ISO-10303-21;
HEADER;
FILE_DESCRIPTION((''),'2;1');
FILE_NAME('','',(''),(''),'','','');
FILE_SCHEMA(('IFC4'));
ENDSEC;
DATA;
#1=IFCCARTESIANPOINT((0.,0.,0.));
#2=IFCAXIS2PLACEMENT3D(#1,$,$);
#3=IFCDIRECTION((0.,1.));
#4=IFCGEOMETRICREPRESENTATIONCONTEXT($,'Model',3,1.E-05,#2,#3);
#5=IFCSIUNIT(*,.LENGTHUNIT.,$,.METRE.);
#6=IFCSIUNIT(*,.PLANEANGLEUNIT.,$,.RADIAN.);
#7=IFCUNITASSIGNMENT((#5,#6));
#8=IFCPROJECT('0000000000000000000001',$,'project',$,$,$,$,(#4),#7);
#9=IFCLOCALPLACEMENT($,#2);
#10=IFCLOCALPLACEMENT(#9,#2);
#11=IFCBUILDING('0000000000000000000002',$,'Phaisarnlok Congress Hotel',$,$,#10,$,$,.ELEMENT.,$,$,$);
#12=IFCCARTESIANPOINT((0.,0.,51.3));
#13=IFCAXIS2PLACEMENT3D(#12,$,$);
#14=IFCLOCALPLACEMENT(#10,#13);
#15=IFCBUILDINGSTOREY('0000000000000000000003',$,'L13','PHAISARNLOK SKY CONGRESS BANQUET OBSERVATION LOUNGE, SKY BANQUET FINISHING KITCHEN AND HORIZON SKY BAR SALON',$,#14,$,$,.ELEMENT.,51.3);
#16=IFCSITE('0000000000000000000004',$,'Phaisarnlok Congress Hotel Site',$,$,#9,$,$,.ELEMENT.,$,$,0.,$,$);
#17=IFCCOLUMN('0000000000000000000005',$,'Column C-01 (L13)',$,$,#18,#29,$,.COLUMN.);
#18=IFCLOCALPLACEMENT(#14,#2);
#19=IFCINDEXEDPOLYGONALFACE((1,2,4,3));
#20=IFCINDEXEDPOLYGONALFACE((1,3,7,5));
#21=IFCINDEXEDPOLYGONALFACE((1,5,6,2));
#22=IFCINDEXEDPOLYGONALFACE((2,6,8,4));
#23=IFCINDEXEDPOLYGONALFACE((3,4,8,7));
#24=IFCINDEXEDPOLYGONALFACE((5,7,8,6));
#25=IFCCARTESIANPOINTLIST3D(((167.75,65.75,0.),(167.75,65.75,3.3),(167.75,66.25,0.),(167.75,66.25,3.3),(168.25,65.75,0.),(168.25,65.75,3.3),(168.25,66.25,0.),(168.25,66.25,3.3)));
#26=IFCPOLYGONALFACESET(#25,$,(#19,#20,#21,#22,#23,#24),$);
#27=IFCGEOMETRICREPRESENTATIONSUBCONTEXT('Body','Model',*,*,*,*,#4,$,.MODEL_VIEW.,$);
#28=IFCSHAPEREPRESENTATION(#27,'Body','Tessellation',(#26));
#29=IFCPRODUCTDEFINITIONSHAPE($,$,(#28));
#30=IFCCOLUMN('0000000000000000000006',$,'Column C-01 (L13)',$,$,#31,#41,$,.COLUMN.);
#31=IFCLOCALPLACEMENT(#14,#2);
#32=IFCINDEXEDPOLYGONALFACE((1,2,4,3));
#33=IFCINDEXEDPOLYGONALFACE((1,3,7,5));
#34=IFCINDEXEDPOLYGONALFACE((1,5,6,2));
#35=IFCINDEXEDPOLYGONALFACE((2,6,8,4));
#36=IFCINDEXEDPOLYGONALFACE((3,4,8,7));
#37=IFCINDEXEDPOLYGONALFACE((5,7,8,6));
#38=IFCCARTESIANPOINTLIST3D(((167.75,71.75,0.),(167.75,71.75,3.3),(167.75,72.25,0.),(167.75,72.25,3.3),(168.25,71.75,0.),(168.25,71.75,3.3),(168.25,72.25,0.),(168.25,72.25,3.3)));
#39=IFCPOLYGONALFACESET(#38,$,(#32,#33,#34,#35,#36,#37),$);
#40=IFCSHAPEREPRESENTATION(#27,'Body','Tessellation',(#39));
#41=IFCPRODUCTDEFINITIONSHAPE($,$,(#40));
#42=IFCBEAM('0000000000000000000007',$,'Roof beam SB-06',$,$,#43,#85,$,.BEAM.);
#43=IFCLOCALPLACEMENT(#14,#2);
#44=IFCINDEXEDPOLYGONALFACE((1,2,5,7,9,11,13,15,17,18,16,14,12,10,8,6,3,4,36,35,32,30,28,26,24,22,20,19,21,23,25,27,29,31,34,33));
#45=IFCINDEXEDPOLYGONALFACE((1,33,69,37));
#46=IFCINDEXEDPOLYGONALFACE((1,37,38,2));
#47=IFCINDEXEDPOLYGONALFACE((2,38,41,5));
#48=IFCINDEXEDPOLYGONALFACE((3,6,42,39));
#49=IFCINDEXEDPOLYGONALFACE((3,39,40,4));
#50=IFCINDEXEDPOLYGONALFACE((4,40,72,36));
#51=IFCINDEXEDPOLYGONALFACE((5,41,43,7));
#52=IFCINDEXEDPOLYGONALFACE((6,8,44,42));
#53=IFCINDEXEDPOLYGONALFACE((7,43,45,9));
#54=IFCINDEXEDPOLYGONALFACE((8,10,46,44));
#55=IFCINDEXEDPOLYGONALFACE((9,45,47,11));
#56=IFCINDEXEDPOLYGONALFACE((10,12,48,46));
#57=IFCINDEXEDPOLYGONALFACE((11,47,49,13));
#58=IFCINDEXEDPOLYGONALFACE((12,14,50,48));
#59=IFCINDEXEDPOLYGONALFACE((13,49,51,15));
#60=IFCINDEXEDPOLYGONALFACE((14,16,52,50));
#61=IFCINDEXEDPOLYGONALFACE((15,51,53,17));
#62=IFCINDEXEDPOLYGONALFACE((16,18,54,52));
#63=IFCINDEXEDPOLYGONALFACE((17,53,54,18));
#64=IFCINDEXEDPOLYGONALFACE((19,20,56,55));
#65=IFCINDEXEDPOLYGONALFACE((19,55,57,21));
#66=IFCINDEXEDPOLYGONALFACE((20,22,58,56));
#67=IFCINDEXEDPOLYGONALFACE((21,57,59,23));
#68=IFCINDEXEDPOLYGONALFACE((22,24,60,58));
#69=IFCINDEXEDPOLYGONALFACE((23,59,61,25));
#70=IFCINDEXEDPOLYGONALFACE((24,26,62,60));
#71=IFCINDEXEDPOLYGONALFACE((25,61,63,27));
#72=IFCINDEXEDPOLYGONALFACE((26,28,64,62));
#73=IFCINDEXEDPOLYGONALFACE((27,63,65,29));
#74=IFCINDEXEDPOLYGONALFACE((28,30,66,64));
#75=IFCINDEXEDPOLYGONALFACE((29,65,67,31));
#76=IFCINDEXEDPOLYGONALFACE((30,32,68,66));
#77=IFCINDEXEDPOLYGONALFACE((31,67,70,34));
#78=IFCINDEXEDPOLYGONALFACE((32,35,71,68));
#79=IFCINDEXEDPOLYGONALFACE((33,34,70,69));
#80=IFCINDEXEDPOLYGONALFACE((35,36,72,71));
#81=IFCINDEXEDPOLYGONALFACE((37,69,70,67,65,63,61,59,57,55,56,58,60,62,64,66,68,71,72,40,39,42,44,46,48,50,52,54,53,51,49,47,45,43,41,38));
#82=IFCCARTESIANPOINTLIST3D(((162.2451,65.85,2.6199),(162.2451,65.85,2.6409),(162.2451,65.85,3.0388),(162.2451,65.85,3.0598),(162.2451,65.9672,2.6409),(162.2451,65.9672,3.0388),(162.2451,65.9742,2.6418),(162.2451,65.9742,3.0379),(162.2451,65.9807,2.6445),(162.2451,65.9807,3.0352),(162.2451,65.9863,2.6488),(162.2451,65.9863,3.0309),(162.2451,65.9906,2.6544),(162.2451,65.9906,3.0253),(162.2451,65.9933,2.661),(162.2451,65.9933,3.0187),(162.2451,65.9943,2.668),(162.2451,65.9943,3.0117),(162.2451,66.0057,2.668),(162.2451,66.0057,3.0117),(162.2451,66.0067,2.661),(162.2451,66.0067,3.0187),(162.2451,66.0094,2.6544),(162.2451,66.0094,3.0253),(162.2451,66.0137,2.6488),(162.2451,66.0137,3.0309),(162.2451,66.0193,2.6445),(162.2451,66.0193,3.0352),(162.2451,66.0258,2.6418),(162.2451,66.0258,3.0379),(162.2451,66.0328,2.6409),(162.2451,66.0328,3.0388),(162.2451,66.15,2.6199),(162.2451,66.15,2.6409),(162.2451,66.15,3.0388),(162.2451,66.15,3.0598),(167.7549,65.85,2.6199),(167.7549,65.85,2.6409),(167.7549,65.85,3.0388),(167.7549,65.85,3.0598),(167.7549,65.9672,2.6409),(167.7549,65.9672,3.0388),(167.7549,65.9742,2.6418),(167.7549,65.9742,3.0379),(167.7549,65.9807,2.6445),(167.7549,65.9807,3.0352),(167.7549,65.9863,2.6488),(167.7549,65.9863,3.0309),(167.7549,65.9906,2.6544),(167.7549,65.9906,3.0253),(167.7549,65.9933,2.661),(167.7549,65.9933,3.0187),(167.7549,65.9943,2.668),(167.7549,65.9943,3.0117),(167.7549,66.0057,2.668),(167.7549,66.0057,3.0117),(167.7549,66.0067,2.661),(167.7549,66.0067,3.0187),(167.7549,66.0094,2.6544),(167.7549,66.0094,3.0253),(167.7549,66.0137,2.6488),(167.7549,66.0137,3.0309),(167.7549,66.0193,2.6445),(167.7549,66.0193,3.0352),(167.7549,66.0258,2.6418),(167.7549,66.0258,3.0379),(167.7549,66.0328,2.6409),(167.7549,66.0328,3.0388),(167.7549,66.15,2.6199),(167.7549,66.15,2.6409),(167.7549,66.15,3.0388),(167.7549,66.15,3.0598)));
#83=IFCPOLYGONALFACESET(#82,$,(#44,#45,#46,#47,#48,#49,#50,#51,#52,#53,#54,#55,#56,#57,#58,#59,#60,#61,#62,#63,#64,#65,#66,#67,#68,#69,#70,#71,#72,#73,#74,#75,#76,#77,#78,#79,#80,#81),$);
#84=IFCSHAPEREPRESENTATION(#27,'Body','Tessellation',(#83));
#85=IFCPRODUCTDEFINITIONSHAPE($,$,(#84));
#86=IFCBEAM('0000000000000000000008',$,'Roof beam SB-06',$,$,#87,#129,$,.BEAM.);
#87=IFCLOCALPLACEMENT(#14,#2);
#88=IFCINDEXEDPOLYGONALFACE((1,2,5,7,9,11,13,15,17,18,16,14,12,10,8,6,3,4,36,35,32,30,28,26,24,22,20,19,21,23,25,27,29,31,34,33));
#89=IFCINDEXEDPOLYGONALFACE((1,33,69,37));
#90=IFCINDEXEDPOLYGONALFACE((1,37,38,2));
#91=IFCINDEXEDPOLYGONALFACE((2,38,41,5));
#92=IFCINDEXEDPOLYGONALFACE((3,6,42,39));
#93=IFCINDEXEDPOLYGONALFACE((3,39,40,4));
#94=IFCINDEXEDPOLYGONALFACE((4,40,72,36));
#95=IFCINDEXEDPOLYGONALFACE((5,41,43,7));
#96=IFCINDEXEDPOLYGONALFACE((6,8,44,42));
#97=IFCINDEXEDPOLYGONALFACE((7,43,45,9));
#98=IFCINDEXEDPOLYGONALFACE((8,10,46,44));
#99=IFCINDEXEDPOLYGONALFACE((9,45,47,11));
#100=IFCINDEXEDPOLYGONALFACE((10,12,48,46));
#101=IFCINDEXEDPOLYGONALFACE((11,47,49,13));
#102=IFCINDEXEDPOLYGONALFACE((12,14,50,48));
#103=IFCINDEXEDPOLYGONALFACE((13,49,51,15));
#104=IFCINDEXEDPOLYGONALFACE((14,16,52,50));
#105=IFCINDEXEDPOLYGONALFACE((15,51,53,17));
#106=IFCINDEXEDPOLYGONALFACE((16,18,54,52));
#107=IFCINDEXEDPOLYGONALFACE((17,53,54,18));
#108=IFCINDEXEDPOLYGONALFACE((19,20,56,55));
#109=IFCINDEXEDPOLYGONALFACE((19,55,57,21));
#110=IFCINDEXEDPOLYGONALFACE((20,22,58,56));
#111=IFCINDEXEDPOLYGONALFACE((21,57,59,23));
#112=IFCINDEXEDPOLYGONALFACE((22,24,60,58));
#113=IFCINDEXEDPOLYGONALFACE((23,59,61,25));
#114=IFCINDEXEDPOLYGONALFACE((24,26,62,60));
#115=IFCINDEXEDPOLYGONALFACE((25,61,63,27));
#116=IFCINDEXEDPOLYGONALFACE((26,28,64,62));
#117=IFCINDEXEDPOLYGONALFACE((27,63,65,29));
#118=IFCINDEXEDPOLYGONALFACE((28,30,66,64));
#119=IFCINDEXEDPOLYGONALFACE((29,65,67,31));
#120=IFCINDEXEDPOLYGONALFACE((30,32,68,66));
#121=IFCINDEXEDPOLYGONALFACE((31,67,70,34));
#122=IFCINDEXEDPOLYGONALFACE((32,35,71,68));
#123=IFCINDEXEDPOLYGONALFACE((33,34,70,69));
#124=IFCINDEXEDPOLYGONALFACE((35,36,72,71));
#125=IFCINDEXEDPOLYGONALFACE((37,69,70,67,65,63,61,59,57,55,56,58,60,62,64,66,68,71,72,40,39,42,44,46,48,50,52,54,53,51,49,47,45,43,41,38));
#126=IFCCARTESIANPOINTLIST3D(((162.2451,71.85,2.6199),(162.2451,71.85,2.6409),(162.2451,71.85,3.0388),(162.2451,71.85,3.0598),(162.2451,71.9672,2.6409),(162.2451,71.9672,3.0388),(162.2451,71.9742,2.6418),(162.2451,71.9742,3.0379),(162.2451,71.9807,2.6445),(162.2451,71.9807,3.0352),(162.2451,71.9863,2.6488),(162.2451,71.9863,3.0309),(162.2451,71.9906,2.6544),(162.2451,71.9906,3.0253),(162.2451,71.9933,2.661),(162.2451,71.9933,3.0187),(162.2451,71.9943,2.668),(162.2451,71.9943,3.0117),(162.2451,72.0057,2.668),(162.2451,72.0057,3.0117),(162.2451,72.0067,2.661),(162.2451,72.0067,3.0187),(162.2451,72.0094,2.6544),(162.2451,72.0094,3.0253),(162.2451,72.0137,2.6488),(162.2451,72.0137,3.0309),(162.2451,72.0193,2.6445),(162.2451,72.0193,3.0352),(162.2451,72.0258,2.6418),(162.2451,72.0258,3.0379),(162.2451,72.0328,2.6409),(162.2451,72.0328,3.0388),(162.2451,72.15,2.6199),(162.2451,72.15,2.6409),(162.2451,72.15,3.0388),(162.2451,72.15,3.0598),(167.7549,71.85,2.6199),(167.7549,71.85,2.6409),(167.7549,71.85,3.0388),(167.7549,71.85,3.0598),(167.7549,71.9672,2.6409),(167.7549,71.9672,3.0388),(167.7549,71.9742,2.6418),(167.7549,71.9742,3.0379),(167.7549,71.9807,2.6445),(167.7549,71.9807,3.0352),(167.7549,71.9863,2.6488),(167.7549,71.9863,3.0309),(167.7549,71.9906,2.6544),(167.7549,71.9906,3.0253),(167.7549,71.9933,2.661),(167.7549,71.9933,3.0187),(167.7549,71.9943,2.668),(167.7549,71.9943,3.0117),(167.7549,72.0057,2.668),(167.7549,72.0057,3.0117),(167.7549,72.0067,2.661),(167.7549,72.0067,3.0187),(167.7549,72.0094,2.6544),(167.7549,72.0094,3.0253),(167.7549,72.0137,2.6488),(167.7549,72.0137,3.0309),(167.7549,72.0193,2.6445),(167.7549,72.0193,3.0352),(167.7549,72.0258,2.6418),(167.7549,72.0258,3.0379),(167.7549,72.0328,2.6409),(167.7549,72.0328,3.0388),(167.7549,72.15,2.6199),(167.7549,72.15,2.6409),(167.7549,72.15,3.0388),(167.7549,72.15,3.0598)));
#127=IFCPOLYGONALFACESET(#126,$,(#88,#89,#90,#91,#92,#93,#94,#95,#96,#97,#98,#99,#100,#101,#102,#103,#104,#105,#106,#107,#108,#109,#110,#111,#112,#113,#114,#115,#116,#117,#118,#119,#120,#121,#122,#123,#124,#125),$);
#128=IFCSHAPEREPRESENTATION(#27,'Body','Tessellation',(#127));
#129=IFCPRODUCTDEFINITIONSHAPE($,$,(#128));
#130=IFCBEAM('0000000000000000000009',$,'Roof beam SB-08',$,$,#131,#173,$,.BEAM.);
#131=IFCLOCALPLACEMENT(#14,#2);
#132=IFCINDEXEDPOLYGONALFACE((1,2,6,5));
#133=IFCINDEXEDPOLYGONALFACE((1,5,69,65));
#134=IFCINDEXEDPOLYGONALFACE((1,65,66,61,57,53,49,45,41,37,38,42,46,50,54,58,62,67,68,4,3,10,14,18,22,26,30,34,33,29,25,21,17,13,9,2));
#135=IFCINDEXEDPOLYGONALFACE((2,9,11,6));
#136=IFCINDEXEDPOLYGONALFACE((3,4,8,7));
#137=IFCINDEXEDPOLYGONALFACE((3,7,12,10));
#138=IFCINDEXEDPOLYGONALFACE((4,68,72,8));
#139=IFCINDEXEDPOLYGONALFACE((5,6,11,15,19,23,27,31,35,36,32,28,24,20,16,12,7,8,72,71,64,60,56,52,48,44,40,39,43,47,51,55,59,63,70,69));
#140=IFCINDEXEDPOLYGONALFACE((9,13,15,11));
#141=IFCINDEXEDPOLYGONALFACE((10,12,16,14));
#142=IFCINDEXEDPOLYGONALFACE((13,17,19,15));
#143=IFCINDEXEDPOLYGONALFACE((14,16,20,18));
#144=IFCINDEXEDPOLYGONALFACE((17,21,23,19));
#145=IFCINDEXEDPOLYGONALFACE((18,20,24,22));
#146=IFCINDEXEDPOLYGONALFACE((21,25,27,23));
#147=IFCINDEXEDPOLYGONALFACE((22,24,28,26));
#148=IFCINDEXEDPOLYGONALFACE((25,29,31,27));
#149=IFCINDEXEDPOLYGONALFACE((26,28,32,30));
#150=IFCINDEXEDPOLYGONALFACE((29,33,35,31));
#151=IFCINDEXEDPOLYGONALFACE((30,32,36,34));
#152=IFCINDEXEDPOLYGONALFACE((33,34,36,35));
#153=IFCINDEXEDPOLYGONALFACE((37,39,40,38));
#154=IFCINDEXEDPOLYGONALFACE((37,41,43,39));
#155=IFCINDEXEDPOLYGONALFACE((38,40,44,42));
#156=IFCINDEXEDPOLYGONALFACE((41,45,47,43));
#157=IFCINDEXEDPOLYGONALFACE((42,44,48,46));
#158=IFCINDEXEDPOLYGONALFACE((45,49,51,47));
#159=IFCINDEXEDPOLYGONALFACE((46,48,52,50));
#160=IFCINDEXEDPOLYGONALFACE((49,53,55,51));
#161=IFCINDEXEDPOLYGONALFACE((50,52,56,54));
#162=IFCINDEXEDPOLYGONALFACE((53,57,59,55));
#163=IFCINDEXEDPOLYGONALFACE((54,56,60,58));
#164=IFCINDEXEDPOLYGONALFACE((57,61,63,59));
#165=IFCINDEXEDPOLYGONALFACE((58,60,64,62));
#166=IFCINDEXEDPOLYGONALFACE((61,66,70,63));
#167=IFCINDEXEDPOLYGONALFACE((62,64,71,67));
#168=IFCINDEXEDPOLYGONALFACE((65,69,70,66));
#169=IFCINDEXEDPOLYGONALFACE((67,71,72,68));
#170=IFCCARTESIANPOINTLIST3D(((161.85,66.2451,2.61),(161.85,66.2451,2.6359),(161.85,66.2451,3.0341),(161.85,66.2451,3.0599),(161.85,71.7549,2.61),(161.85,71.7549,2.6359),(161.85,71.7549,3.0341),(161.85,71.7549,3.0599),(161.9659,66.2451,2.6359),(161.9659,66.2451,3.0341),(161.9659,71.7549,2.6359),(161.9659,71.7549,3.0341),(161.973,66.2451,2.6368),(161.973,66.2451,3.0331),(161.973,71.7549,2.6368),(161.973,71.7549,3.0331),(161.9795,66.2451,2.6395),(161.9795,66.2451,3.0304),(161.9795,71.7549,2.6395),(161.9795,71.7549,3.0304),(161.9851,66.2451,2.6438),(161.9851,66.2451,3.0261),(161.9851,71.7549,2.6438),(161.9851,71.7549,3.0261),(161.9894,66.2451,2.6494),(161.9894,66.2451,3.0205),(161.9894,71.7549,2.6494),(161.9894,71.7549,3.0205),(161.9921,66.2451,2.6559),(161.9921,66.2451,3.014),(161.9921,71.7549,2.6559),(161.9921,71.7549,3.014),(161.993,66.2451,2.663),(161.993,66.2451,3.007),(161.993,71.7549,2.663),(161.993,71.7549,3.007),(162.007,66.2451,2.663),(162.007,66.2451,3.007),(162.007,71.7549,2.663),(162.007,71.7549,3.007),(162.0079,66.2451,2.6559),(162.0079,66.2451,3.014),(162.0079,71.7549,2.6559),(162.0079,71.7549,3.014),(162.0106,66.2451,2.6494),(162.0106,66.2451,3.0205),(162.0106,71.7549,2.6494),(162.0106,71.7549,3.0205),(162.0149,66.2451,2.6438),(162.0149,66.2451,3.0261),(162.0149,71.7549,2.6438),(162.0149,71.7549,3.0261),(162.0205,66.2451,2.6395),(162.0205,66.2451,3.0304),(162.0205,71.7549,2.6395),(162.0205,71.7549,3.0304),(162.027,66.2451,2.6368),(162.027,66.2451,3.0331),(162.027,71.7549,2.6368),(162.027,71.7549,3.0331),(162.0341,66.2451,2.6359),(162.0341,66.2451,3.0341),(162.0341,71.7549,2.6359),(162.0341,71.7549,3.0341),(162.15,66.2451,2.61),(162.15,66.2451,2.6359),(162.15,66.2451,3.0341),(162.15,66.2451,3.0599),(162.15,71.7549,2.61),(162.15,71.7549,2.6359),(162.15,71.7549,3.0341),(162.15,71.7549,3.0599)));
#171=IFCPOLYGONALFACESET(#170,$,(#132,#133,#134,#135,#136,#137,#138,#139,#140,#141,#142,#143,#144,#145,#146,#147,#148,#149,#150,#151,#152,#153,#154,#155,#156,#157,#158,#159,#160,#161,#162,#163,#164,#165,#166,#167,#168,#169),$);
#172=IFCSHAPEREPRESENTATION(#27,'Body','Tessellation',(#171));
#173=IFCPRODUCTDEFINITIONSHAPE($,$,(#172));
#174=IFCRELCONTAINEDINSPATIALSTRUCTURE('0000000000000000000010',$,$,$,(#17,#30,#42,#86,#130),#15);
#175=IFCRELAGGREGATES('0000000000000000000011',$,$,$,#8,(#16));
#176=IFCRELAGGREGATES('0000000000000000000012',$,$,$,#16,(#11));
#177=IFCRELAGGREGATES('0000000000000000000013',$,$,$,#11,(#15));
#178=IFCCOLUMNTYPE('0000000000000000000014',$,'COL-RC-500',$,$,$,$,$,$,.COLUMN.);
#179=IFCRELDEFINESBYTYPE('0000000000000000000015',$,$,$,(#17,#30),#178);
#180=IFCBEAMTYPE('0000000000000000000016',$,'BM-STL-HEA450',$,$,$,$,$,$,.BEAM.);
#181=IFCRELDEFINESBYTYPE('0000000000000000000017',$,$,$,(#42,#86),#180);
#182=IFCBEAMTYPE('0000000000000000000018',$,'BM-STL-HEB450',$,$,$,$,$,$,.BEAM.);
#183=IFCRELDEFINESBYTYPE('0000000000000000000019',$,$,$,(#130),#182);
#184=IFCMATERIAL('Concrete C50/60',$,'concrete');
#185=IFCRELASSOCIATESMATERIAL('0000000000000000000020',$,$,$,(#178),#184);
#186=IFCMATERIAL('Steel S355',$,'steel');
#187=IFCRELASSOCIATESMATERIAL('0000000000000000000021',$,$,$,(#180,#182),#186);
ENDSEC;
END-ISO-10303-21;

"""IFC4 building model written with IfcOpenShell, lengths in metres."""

from ifc_helpers import new_model, si_unit, direction, frame, origin, origin_2d, place, context, subcontext, project, spatial, rectangle, i_section, extrude, material, material_profile, profile_set, type_object, element, save


model = new_model("IFC4")

# Units and contexts
model_context = context("Model", 3, precision=1e-05, world=origin(), true_north=direction((0.0, 1.0)))
body_context = subcontext(model_context, "Body", "Model", "MODEL_VIEW")
ifc_project = project(units=[si_unit("LENGTHUNIT", "METRE"), si_unit("PLANEANGLEUNIT", "RADIAN")], contexts=[model_context])

# Site, building, storey
site_placement = place(None, origin())
site = spatial("IfcSite", under=ifc_project, at=site_placement, Name="Phaisarnlok Congress Hotel Site", CompositionType="ELEMENT", RefElevation=0.0)
building_placement = place(site_placement, origin())
building = spatial("IfcBuilding", under=site, at=building_placement, Name="Phaisarnlok Congress Hotel", CompositionType="ELEMENT")
storey_placement = place(building_placement, frame((0.0, 0.0, 51.3)))
storey = spatial("IfcBuildingStorey", under=building, at=storey_placement, Name="L13", Description="PHAISARNLOK SKY CONGRESS BANQUET OBSERVATION LOUNGE, SKY BANQUET FINISHING KITCHEN AND HORIZON SKY BAR SALON", CompositionType="ELEMENT", Elevation=51.3)

# Columns
ifc_material_1 = material(Name="Concrete C50/60", Category="concrete")
ifc_material_profile_1 = material_profile(ifc_material_1, rectangle(XDim=0.5, YDim=0.5, at=origin_2d()), Name="RC 500x500")
ifc_profile_set_1 = profile_set([ifc_material_profile_1], Name="Concrete C50/60")
column_type = type_object("IfcColumnType", Name="COL-RC-500", PredefinedType="COLUMN", material=ifc_profile_set_1)
for number, where, z_axis, x_axis, name in (
    (1, (168.0, 66.0, 0.0), (0.0, 0.0, 1.0), (1.0, 0.0, 0.0), "Column C-01 (L13)"),
    (2, (168.0, 72.0, 0.0), (0.0, 0.0, 1.0), (1.0, 0.0, 0.0), "Column C-01 (L13)"),
):
    element("IfcColumn", number, at=place(storey_placement, frame(where, z_axis=z_axis, x_axis=x_axis)), inside=storey, type_object=column_type, Name=name, PredefinedType="COLUMN", context=body_context, shape_type="SweptSolid", body=[
        extrude(rectangle(XDim=0.5, YDim=0.5, at=origin_2d()), origin(), (0.0, 0.0, 1.0), 3.3),
    ])

# Beams
ifc_material_2 = material(Name="Steel S355", Category="steel")
ifc_material_profile_2 = material_profile(ifc_material_2, i_section(OverallWidth=0.3, OverallDepth=0.4399, WebThickness=0.0115, FlangeThickness=0.021, FilletRadius=0.0271, at=origin_2d()), Name="HEA 450")
ifc_profile_set_2 = profile_set([ifc_material_profile_2], Name="Steel S355")
beam_type_1 = type_object("IfcBeamType", Name="BM-STL-HEA450", PredefinedType="BEAM", material=ifc_profile_set_2)
for number, where, z_axis, x_axis, name in (
    (3, (162.2451, 66.0, 2.8398), (1.0, 0.0, 0.0), (0.0, 1.0, 0.0), "Roof beam SB-06"),
    (4, (162.2451, 72.0, 2.8398), (1.0, 0.0, 0.0), (0.0, 1.0, 0.0), "Roof beam SB-06"),
):
    element("IfcBeam", number, at=place(storey_placement, frame(where, z_axis=z_axis, x_axis=x_axis)), inside=storey, type_object=beam_type_1, Name=name, PredefinedType="BEAM", context=body_context, shape_type="SweptSolid", body=[
        extrude(i_section(OverallWidth=0.3, OverallDepth=0.4399, WebThickness=0.0115, FlangeThickness=0.021, FilletRadius=0.0271, at=origin_2d()), origin(), (0.0, 0.0, 1.0), 5.5098),
    ])
ifc_material_profile_3 = material_profile(ifc_material_2, i_section(OverallWidth=0.3, OverallDepth=0.45, WebThickness=0.0139, FlangeThickness=0.0259, FilletRadius=0.0271, at=origin_2d()), Name="HEB 450")
ifc_profile_set_3 = profile_set([ifc_material_profile_3], Name="Steel S355")
beam_type_2 = type_object("IfcBeamType", Name="BM-STL-HEB450", PredefinedType="BEAM", material=ifc_profile_set_3)
for number, where, z_axis, x_axis, name in (
    (5, (162.0, 66.2451, 2.835), (0.0, 1.0, 0.0), (-1.0, 0.0, 0.0), "Roof beam SB-08"),
):
    element("IfcBeam", number, at=place(storey_placement, frame(where, z_axis=z_axis, x_axis=x_axis)), inside=storey, type_object=beam_type_2, Name=name, PredefinedType="BEAM", context=body_context, shape_type="SweptSolid", body=[
        extrude(i_section(OverallWidth=0.3, OverallDepth=0.45, WebThickness=0.0139, FlangeThickness=0.0259, FilletRadius=0.0271, at=origin_2d()), origin(), (0.0, 0.0, 1.0), 5.5098),
    ])

save(model, "model.ifc")
